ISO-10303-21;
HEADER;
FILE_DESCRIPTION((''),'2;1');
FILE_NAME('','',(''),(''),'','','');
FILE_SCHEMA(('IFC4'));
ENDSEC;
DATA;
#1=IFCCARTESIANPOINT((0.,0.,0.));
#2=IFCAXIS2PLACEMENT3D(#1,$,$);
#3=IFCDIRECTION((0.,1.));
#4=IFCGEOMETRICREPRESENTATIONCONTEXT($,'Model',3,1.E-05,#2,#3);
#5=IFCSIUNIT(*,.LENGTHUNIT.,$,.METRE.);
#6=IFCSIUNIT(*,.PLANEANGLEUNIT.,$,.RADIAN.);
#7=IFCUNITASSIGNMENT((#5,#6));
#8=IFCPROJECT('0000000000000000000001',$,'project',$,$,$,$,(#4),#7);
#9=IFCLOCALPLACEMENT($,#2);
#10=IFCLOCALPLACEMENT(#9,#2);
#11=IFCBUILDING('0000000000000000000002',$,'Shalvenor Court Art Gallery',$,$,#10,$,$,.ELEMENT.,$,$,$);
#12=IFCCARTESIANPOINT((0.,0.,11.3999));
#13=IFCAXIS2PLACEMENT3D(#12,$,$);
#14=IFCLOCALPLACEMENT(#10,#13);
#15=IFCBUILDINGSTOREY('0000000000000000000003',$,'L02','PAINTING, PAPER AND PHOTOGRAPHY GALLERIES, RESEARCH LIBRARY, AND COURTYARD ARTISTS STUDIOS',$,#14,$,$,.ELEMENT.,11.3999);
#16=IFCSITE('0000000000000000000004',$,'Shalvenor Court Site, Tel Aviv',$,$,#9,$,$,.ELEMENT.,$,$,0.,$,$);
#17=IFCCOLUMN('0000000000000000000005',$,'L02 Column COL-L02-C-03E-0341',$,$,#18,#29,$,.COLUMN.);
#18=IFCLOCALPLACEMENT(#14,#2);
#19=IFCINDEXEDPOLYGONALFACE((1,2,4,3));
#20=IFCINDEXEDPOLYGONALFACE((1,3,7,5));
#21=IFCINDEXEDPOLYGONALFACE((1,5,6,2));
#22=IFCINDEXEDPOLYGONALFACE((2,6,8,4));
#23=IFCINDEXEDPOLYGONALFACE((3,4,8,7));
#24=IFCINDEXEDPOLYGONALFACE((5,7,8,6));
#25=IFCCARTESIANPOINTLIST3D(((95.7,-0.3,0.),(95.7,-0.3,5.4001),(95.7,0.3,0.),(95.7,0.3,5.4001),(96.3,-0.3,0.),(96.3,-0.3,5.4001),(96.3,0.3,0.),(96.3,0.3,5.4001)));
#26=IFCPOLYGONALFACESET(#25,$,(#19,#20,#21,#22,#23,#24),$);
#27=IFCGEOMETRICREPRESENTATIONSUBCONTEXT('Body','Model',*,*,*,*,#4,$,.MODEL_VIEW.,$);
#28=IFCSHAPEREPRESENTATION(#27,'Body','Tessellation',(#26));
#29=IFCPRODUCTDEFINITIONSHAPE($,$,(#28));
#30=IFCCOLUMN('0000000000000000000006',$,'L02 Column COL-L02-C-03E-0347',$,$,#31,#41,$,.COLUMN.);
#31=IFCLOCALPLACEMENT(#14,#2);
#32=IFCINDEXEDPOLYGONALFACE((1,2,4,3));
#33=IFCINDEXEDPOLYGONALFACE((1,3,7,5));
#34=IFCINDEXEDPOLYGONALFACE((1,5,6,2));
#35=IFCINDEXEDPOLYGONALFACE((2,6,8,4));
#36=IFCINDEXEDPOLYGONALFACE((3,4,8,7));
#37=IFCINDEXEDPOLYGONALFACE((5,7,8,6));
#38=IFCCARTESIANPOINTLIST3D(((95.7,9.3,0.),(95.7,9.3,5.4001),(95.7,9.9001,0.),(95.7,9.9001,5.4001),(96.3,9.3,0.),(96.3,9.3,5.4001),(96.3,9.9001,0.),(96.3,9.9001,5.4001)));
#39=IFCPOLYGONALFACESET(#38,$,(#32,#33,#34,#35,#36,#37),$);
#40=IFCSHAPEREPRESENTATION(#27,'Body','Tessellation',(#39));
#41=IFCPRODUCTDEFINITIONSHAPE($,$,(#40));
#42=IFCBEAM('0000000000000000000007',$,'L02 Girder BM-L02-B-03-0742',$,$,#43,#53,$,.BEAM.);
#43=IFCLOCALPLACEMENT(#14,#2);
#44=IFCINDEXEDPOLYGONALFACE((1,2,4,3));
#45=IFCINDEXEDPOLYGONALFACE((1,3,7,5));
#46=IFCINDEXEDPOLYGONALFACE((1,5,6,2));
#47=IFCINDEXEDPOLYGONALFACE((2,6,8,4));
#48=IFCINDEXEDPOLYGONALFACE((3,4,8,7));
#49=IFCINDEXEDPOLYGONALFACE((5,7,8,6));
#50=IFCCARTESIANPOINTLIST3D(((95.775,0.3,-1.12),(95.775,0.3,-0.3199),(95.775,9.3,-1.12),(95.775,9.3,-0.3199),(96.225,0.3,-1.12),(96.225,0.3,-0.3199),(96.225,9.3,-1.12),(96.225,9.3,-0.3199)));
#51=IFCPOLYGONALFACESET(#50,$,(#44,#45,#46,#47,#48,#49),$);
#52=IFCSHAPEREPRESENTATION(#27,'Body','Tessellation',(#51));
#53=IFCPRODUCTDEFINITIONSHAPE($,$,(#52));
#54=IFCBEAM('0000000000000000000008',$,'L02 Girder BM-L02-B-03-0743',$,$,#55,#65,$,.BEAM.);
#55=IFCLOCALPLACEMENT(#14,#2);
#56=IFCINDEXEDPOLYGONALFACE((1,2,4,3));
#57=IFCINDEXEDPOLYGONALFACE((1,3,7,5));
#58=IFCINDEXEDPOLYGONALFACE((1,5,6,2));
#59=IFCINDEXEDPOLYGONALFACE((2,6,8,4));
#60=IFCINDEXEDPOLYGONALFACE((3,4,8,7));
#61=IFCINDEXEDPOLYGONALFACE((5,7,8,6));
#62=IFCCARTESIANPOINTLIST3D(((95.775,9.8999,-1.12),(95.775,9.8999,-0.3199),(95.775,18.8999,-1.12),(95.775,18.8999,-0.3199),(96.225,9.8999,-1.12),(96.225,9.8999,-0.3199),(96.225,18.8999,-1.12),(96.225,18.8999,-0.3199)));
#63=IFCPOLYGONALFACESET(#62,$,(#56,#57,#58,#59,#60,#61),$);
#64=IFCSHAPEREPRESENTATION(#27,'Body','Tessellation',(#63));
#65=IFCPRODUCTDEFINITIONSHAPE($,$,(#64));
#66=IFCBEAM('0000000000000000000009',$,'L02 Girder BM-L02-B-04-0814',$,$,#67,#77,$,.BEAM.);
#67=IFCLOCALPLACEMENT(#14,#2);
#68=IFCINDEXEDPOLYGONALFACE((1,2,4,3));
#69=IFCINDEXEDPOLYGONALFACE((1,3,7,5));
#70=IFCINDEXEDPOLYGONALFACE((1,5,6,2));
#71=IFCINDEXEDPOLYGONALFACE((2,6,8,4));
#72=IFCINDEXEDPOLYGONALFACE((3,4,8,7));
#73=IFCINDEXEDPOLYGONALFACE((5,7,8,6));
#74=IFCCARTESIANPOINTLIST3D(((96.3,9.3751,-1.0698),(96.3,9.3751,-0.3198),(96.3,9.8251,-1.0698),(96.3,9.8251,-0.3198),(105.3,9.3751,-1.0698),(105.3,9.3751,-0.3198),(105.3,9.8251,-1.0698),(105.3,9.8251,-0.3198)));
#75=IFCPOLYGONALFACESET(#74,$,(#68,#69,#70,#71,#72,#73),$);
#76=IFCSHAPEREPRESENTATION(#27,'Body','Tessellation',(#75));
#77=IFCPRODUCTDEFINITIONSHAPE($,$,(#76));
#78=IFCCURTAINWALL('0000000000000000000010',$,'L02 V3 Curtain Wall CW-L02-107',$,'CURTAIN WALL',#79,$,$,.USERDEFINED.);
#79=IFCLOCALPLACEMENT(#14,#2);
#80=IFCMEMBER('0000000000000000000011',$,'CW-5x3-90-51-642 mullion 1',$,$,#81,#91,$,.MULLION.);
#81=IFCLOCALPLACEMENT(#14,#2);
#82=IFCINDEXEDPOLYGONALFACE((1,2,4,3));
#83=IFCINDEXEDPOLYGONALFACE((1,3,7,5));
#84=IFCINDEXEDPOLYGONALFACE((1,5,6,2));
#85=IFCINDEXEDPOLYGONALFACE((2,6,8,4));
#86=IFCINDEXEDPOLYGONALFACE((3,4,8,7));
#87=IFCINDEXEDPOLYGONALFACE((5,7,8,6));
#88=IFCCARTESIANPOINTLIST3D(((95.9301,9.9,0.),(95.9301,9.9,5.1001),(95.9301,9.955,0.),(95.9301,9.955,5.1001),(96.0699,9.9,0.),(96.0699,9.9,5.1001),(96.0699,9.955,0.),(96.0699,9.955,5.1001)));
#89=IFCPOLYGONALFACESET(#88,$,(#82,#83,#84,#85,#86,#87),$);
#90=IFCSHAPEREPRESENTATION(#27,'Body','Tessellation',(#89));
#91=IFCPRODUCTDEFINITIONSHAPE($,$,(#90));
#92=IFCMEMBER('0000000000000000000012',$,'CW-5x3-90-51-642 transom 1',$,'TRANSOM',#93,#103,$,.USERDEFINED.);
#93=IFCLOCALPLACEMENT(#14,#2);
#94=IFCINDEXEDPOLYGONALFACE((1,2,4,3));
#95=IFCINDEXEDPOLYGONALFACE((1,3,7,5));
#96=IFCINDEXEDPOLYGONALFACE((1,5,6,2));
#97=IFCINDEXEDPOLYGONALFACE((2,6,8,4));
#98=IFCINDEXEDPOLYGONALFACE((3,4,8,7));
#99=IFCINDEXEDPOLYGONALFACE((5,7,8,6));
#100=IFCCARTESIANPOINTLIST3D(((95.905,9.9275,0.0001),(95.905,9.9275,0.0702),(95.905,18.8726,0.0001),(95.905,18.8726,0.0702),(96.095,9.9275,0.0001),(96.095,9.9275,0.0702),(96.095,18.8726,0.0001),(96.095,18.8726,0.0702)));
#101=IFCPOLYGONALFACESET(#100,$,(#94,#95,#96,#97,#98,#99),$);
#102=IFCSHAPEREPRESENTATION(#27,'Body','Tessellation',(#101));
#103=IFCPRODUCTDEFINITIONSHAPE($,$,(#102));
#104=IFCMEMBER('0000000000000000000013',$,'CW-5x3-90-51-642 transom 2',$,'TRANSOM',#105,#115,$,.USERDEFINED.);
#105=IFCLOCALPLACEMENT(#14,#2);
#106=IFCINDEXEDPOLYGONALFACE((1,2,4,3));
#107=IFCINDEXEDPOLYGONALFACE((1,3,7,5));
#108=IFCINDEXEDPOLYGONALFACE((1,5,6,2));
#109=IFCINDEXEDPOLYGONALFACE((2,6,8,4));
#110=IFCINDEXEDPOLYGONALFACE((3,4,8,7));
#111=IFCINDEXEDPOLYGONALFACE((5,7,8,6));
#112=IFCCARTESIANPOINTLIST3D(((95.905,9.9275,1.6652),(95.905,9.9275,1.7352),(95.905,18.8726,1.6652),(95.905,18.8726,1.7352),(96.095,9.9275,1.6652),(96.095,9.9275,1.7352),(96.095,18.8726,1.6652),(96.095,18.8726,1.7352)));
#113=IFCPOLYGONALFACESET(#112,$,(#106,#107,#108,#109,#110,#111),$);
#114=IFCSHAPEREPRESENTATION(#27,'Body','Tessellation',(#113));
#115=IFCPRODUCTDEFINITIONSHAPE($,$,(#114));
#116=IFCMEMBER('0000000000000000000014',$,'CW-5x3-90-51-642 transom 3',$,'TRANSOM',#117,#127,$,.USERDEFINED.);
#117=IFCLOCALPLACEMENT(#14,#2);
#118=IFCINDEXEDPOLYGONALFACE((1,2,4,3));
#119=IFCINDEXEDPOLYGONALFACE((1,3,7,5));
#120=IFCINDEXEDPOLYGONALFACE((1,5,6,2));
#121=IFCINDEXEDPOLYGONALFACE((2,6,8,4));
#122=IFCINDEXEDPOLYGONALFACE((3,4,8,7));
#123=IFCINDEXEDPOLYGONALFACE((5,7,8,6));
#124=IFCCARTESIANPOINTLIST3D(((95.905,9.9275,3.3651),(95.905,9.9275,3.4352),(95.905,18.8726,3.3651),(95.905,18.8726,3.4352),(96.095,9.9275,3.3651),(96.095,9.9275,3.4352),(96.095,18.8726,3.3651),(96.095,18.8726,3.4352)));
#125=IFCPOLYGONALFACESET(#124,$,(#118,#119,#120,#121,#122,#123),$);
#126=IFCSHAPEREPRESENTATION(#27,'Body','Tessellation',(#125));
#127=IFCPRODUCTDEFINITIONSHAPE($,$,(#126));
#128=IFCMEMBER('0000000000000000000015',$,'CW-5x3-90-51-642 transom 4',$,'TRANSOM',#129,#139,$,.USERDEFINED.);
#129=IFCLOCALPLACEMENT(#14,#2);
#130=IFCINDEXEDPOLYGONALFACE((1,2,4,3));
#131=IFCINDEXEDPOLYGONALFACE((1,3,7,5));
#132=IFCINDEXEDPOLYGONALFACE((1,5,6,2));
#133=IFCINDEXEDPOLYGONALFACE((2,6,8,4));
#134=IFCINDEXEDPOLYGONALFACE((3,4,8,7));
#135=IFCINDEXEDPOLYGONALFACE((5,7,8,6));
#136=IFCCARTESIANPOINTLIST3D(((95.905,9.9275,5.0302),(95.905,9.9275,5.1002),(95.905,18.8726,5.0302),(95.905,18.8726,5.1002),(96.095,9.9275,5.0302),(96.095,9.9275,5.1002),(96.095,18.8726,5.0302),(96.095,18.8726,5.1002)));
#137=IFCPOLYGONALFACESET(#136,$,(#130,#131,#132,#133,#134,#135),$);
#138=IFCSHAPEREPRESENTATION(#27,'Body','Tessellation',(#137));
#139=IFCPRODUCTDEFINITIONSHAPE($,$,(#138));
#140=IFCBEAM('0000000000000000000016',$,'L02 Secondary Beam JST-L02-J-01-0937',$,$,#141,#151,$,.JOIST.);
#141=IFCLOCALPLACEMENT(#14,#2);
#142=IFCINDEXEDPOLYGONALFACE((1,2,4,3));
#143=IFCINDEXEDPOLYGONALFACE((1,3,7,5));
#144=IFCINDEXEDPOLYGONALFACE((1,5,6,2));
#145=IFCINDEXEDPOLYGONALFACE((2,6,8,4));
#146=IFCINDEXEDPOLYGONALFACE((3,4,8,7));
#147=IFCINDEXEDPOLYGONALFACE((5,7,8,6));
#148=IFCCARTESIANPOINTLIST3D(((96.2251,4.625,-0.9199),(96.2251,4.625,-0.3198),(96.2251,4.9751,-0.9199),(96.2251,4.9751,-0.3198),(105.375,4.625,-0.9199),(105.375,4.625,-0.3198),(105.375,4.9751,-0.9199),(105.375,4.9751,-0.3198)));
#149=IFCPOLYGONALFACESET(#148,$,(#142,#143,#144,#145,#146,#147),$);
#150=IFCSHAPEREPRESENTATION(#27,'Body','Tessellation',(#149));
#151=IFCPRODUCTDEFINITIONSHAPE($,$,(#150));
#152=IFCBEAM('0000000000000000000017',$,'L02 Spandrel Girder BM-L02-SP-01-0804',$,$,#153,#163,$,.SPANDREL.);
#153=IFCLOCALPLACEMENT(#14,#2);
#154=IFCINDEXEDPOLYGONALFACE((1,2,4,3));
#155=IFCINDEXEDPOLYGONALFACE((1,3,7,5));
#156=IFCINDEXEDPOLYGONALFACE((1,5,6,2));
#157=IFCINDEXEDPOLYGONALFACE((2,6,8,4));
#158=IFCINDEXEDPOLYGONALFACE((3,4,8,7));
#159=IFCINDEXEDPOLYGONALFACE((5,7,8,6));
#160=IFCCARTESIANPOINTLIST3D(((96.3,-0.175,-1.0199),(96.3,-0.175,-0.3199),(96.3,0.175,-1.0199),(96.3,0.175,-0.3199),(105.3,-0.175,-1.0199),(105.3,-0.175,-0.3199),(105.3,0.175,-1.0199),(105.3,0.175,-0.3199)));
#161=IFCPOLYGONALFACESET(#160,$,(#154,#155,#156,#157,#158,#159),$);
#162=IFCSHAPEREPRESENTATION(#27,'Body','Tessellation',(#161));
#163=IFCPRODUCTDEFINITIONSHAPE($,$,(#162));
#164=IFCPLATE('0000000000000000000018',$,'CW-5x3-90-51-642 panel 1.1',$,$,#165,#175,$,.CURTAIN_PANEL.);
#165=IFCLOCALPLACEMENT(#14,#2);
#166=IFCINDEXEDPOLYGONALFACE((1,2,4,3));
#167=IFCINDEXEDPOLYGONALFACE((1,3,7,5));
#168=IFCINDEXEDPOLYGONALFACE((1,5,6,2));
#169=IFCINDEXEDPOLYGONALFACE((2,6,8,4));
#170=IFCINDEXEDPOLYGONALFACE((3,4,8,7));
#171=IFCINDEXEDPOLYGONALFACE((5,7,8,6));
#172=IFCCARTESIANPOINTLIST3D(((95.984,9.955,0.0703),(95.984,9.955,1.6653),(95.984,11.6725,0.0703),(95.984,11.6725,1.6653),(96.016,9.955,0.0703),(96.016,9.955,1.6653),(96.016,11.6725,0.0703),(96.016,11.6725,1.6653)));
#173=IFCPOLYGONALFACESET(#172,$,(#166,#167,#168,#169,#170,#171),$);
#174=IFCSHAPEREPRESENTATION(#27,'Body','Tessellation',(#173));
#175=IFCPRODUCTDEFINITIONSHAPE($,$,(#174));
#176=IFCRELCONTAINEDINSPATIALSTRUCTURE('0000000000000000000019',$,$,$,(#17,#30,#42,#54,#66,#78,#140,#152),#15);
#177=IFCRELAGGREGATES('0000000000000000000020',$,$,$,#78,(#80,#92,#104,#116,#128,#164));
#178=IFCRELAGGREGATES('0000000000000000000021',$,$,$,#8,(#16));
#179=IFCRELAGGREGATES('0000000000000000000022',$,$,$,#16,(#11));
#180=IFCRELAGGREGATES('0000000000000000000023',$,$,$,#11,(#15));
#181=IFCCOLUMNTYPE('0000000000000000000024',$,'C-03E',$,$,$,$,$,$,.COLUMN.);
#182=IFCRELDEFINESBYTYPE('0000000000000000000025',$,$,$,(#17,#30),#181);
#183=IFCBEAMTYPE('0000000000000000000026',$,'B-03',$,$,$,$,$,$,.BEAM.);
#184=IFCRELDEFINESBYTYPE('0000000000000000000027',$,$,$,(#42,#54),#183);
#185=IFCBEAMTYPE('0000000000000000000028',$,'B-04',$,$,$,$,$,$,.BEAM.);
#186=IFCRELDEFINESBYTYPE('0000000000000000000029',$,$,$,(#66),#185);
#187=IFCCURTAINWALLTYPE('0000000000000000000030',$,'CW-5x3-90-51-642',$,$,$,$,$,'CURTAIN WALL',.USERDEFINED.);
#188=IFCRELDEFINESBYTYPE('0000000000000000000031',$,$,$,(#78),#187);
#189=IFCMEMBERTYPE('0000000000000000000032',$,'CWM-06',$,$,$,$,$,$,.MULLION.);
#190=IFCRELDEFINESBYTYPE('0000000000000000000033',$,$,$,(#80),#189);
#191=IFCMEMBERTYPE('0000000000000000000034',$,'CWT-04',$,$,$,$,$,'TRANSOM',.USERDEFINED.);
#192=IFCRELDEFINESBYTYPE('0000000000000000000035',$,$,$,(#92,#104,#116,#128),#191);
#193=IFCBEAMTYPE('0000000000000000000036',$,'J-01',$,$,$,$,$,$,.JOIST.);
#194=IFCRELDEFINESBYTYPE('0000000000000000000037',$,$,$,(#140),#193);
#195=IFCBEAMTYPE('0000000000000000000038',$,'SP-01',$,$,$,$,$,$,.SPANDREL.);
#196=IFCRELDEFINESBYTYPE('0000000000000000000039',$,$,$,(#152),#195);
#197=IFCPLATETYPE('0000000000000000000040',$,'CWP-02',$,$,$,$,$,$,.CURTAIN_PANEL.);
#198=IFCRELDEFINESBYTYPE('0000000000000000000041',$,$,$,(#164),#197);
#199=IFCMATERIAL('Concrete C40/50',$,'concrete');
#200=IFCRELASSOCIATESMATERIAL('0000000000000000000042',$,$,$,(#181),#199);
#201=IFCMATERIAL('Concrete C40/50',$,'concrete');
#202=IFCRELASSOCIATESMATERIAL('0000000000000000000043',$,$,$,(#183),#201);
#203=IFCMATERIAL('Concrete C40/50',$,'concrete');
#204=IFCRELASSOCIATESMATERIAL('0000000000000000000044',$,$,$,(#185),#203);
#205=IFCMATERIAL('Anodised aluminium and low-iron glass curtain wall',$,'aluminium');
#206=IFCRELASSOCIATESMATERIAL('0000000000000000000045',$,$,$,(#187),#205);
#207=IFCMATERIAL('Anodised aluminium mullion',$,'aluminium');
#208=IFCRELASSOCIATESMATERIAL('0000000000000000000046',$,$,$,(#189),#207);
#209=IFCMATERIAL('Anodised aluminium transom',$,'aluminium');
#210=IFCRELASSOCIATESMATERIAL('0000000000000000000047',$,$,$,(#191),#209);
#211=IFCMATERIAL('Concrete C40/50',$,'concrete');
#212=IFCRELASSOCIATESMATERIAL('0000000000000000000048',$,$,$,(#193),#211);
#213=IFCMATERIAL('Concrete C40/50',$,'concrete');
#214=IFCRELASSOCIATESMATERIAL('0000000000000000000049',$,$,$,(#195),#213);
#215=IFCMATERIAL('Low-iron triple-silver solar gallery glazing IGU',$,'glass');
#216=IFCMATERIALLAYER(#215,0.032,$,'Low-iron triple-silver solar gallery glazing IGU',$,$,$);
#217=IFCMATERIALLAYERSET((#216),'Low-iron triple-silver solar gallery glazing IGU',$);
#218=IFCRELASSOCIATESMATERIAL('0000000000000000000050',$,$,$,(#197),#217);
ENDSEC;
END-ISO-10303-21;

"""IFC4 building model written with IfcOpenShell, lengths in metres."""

from ifc_helpers import new_model, si_unit, direction, frame, origin, origin_2d, place, context, subcontext, project, spatial, rectangle, extrude, material, layer, layer_set, material_profile, profile_set, type_object, element, aggregate, save


model = new_model("IFC4")

# Units and contexts
model_context = context("Model", 3, precision=1e-05, world=origin(), true_north=direction((0.0, 1.0)))
body_context = subcontext(model_context, "Body", "Model", "MODEL_VIEW")
ifc_project = project(units=[si_unit("LENGTHUNIT", "METRE"), si_unit("PLANEANGLEUNIT", "RADIAN")], contexts=[model_context])

# Site, building, storey
site_placement = place(None, origin())
site = spatial("IfcSite", under=ifc_project, at=site_placement, Name="Shalvenor Court Site, Tel Aviv", CompositionType="ELEMENT", RefElevation=0.0)
building_placement = place(site_placement, origin())
building = spatial("IfcBuilding", under=site, at=building_placement, Name="Shalvenor Court Art Gallery", CompositionType="ELEMENT")
storey_placement = place(building_placement, frame((0.0, 0.0, 11.3999)))
storey = spatial("IfcBuildingStorey", under=building, at=storey_placement, Name="L02", Description="PAINTING, PAPER AND PHOTOGRAPHY GALLERIES, RESEARCH LIBRARY, AND COURTYARD ARTISTS STUDIOS", CompositionType="ELEMENT", Elevation=11.3999)

# Columns
ifc_material_1 = material(Name="Concrete C40/50", Category="concrete")
ifc_material_profile_1 = material_profile(ifc_material_1, rectangle(XDim=0.6001, YDim=0.6001, at=origin_2d()), Name="RC 600x600")
ifc_profile_set_1 = profile_set([ifc_material_profile_1], Name="Concrete C40/50")
column_type = type_object("IfcColumnType", Name="C-03E", PredefinedType="COLUMN", material=ifc_profile_set_1)
for number, where, z_axis, x_axis, name in (
    (1, (96.0, 0.0, 0.0), (0.0, 0.0, 1.0), (1.0, 0.0, 0.0), "L02 Column COL-L02-C-03E-0341"),
    (2, (96.0, 9.6001, 0.0), (0.0, 0.0, 1.0), (1.0, 0.0, 0.0), "L02 Column COL-L02-C-03E-0347"),
):
    element("IfcColumn", number, at=place(storey_placement, frame(where, z_axis=z_axis, x_axis=x_axis)), inside=storey, type_object=column_type, Name=name, PredefinedType="COLUMN", context=body_context, shape_type="SweptSolid", body=[
        extrude(rectangle(XDim=0.6001, YDim=0.6001, at=origin_2d()), origin(), (0.0, 0.0, 1.0), 5.4001),
    ])

# Beams
ifc_material_2 = material(Name="Concrete C40/50", Category="concrete")
ifc_material_profile_2 = material_profile(ifc_material_2, rectangle(XDim=0.45, YDim=0.8, at=origin_2d()), Name="RC 450x800")
ifc_profile_set_2 = profile_set([ifc_material_profile_2], Name="Concrete C40/50")
beam_type_1 = type_object("IfcBeamType", Name="B-03", PredefinedType="BEAM", material=ifc_profile_set_2)
for number, where, z_axis, x_axis, name in (
    (3, (96.0, 0.3, -0.72), (0.0, 1.0, 0.0), (-1.0, 0.0, 0.0), "L02 Girder BM-L02-B-03-0742"),
    (4, (96.0, 9.8999, -0.72), (0.0, 1.0, 0.0), (-1.0, 0.0, 0.0), "L02 Girder BM-L02-B-03-0743"),
):
    element("IfcBeam", number, at=place(storey_placement, frame(where, z_axis=z_axis, x_axis=x_axis)), inside=storey, type_object=beam_type_1, Name=name, PredefinedType="BEAM", context=body_context, shape_type="SweptSolid", body=[
        extrude(rectangle(XDim=0.45, YDim=0.8, at=origin_2d()), origin(), (0.0, 0.0, 1.0), 9.0),
    ])
ifc_material_3 = material(Name="Concrete C40/50", Category="concrete")
ifc_material_profile_3 = material_profile(ifc_material_3, rectangle(XDim=0.45, YDim=0.75, at=origin_2d()), Name="RC 450x750")
ifc_profile_set_3 = profile_set([ifc_material_profile_3], Name="Concrete C40/50")
beam_type_2 = type_object("IfcBeamType", Name="B-04", PredefinedType="BEAM", material=ifc_profile_set_3)
beam_1_placement = place(storey_placement, frame((96.3, 9.6001, -0.6948), z_axis=(1.0, 0.0, 0.0), x_axis=(0.0, 1.0, 0.0)))
element("IfcBeam", 5, at=beam_1_placement, inside=storey, type_object=beam_type_2, Name="L02 Girder BM-L02-B-04-0814", PredefinedType="BEAM", context=body_context, shape_type="SweptSolid", body=[
    extrude(rectangle(XDim=0.45, YDim=0.75, at=origin_2d()), origin(), (0.0, 0.0, 1.0), 9.0),
])

# Curtain wall, members
ifc_material_4 = material(Name="Anodised aluminium and low-iron glass curtain wall", Category="aluminium")
curtain_wall_type = type_object("IfcCurtainWallType", Name="CW-5x3-90-51-642", ElementType="CURTAIN WALL", PredefinedType="USERDEFINED", material=ifc_material_4)
curtain_wall_placement = place(storey_placement, origin())
curtain_wall = element("IfcCurtainWall", 6, at=curtain_wall_placement, inside=storey, type_object=curtain_wall_type, Name="L02 V3 Curtain Wall CW-L02-107", ObjectType="CURTAIN WALL", PredefinedType="USERDEFINED")
ifc_material_5 = material(Name="Anodised aluminium mullion", Category="aluminium")
ifc_material_profile_4 = material_profile(ifc_material_5, rectangle(XDim=0.0549, YDim=0.1399, at=origin_2d()), Name="CWM-06")
ifc_profile_set_4 = profile_set([ifc_material_profile_4], Name="Anodised aluminium mullion")
member_type_1 = type_object("IfcMemberType", Name="CWM-06", PredefinedType="MULLION", material=ifc_profile_set_4)
member_1_placement = place(storey_placement, frame((96.0, 9.9275, 0.0), z_axis=(0.0, 0.0, 1.0), x_axis=(0.0, 1.0, 0.0)))
member_1 = element("IfcMember", 7, at=member_1_placement, type_object=member_type_1, Name="CW-5x3-90-51-642 mullion 1", PredefinedType="MULLION", context=body_context, shape_type="SweptSolid", body=[
    extrude(rectangle(XDim=0.0549, YDim=0.1399, at=origin_2d()), origin(), (0.0, 0.0, 1.0), 5.1001),
])
ifc_material_6 = material(Name="Anodised aluminium transom", Category="aluminium")
ifc_material_profile_5 = material_profile(ifc_material_6, rectangle(XDim=0.1899, YDim=0.0701, at=origin_2d()), Name="CWT-04")
ifc_profile_set_5 = profile_set([ifc_material_profile_5], Name="Anodised aluminium transom")
member_type_2 = type_object("IfcMemberType", Name="CWT-04", ElementType="TRANSOM", PredefinedType="USERDEFINED", material=ifc_profile_set_5)
member_2_placement = place(storey_placement, frame((96.0, 9.9275, 0.0352), z_axis=(0.0, 1.0, 0.0), x_axis=(-1.0, 0.0, 0.0)))
member_2 = element("IfcMember", 8, at=member_2_placement, type_object=member_type_2, Name="CW-5x3-90-51-642 transom 1", ObjectType="TRANSOM", PredefinedType="USERDEFINED", context=body_context, shape_type="SweptSolid", body=[
    extrude(rectangle(XDim=0.1899, YDim=0.0701, at=origin_2d()), origin(), (0.0, 0.0, 1.0), 8.9451),
])
member_3_placement = place(storey_placement, frame((96.0, 9.9275, 1.7002), z_axis=(0.0, 1.0, 0.0), x_axis=(-1.0, 0.0, 0.0)))
member_3 = element("IfcMember", 9, at=member_3_placement, type_object=member_type_2, Name="CW-5x3-90-51-642 transom 2", ObjectType="TRANSOM", PredefinedType="USERDEFINED", context=body_context, shape_type="SweptSolid", body=[
    extrude(rectangle(XDim=0.1899, YDim=0.0701, at=origin_2d()), origin(), (0.0, 0.0, 1.0), 8.9451),
])
member_4_placement = place(storey_placement, frame((96.0, 9.9275, 3.4001), z_axis=(0.0, 1.0, 0.0), x_axis=(-1.0, 0.0, 0.0)))
member_4 = element("IfcMember", 10, at=member_4_placement, type_object=member_type_2, Name="CW-5x3-90-51-642 transom 3", ObjectType="TRANSOM", PredefinedType="USERDEFINED", context=body_context, shape_type="SweptSolid", body=[
    extrude(rectangle(XDim=0.1899, YDim=0.0701, at=origin_2d()), origin(), (0.0, 0.0, 1.0), 8.9451),
])
member_5_placement = place(storey_placement, frame((96.0, 9.9275, 5.0652), z_axis=(0.0, 1.0, 0.0), x_axis=(-1.0, 0.0, 0.0)))
member_5 = element("IfcMember", 11, at=member_5_placement, type_object=member_type_2, Name="CW-5x3-90-51-642 transom 4", ObjectType="TRANSOM", PredefinedType="USERDEFINED", context=body_context, shape_type="SweptSolid", body=[
    extrude(rectangle(XDim=0.1899, YDim=0.0701, at=origin_2d()), origin(), (0.0, 0.0, 1.0), 8.9451),
])

# Beams
ifc_material_7 = material(Name="Concrete C40/50", Category="concrete")
ifc_material_profile_6 = material_profile(ifc_material_7, rectangle(XDim=0.3501, YDim=0.6001, at=origin_2d()), Name="RC 350x600")
ifc_profile_set_6 = profile_set([ifc_material_profile_6], Name="Concrete C40/50")
beam_type_3 = type_object("IfcBeamType", Name="J-01", PredefinedType="JOIST", material=ifc_profile_set_6)
beam_2_placement = place(storey_placement, frame((96.2251, 4.8, -0.6199), z_axis=(1.0, 0.0, 0.0), x_axis=(0.0, 1.0, 0.0)))
element("IfcBeam", 12, at=beam_2_placement, inside=storey, type_object=beam_type_3, Name="L02 Secondary Beam JST-L02-J-01-0937", PredefinedType="JOIST", context=body_context, shape_type="SweptSolid", body=[
    extrude(rectangle(XDim=0.3501, YDim=0.6001, at=origin_2d()), origin(), (0.0, 0.0, 1.0), 9.1499),
])
ifc_material_8 = material(Name="Concrete C40/50", Category="concrete")
ifc_material_profile_7 = material_profile(ifc_material_8, rectangle(XDim=0.3501, YDim=0.7, at=origin_2d()), Name="RC 350x700")
ifc_profile_set_7 = profile_set([ifc_material_profile_7], Name="Concrete C40/50")
beam_type_4 = type_object("IfcBeamType", Name="SP-01", PredefinedType="SPANDREL", material=ifc_profile_set_7)
beam_3_placement = place(storey_placement, frame((96.3, 0.0, -0.6699), z_axis=(1.0, 0.0, 0.0), x_axis=(0.0, 1.0, 0.0)))
element("IfcBeam", 13, at=beam_3_placement, inside=storey, type_object=beam_type_4, Name="L02 Spandrel Girder BM-L02-SP-01-0804", PredefinedType="SPANDREL", context=body_context, shape_type="SweptSolid", body=[
    extrude(rectangle(XDim=0.3501, YDim=0.7, at=origin_2d()), origin(), (0.0, 0.0, 1.0), 9.0),
])

# Plate
ifc_material_9 = material(Name="Low-iron triple-silver solar gallery glazing IGU", Category="glass")
ifc_layer_1 = layer(ifc_material_9, 0.032, Name="Low-iron triple-silver solar gallery glazing IGU")
ifc_layer_set_1 = layer_set([ifc_layer_1], Name="Low-iron triple-silver solar gallery glazing IGU")
plate_type = type_object("IfcPlateType", Name="CWP-02", PredefinedType="CURTAIN_PANEL", material=ifc_layer_set_1)
plate_1_placement = place(storey_placement, frame((96.0, 10.8137, 0.0703), z_axis=(0.0, 0.0, 1.0), x_axis=(0.0, 1.0, 0.0)))
plate_1 = element("IfcPlate", 14, at=plate_1_placement, type_object=plate_type, Name="CW-5x3-90-51-642 panel 1.1", PredefinedType="CURTAIN_PANEL", context=body_context, shape_type="SweptSolid", body=[
    extrude(rectangle(XDim=1.7175, YDim=0.032, at=origin_2d()), origin(), (0.0, 0.0, 1.0), 1.595),
])
aggregate(curtain_wall, [member_1, member_2, member_3, member_4, member_5, plate_1])

save(model, "model.ifc")
